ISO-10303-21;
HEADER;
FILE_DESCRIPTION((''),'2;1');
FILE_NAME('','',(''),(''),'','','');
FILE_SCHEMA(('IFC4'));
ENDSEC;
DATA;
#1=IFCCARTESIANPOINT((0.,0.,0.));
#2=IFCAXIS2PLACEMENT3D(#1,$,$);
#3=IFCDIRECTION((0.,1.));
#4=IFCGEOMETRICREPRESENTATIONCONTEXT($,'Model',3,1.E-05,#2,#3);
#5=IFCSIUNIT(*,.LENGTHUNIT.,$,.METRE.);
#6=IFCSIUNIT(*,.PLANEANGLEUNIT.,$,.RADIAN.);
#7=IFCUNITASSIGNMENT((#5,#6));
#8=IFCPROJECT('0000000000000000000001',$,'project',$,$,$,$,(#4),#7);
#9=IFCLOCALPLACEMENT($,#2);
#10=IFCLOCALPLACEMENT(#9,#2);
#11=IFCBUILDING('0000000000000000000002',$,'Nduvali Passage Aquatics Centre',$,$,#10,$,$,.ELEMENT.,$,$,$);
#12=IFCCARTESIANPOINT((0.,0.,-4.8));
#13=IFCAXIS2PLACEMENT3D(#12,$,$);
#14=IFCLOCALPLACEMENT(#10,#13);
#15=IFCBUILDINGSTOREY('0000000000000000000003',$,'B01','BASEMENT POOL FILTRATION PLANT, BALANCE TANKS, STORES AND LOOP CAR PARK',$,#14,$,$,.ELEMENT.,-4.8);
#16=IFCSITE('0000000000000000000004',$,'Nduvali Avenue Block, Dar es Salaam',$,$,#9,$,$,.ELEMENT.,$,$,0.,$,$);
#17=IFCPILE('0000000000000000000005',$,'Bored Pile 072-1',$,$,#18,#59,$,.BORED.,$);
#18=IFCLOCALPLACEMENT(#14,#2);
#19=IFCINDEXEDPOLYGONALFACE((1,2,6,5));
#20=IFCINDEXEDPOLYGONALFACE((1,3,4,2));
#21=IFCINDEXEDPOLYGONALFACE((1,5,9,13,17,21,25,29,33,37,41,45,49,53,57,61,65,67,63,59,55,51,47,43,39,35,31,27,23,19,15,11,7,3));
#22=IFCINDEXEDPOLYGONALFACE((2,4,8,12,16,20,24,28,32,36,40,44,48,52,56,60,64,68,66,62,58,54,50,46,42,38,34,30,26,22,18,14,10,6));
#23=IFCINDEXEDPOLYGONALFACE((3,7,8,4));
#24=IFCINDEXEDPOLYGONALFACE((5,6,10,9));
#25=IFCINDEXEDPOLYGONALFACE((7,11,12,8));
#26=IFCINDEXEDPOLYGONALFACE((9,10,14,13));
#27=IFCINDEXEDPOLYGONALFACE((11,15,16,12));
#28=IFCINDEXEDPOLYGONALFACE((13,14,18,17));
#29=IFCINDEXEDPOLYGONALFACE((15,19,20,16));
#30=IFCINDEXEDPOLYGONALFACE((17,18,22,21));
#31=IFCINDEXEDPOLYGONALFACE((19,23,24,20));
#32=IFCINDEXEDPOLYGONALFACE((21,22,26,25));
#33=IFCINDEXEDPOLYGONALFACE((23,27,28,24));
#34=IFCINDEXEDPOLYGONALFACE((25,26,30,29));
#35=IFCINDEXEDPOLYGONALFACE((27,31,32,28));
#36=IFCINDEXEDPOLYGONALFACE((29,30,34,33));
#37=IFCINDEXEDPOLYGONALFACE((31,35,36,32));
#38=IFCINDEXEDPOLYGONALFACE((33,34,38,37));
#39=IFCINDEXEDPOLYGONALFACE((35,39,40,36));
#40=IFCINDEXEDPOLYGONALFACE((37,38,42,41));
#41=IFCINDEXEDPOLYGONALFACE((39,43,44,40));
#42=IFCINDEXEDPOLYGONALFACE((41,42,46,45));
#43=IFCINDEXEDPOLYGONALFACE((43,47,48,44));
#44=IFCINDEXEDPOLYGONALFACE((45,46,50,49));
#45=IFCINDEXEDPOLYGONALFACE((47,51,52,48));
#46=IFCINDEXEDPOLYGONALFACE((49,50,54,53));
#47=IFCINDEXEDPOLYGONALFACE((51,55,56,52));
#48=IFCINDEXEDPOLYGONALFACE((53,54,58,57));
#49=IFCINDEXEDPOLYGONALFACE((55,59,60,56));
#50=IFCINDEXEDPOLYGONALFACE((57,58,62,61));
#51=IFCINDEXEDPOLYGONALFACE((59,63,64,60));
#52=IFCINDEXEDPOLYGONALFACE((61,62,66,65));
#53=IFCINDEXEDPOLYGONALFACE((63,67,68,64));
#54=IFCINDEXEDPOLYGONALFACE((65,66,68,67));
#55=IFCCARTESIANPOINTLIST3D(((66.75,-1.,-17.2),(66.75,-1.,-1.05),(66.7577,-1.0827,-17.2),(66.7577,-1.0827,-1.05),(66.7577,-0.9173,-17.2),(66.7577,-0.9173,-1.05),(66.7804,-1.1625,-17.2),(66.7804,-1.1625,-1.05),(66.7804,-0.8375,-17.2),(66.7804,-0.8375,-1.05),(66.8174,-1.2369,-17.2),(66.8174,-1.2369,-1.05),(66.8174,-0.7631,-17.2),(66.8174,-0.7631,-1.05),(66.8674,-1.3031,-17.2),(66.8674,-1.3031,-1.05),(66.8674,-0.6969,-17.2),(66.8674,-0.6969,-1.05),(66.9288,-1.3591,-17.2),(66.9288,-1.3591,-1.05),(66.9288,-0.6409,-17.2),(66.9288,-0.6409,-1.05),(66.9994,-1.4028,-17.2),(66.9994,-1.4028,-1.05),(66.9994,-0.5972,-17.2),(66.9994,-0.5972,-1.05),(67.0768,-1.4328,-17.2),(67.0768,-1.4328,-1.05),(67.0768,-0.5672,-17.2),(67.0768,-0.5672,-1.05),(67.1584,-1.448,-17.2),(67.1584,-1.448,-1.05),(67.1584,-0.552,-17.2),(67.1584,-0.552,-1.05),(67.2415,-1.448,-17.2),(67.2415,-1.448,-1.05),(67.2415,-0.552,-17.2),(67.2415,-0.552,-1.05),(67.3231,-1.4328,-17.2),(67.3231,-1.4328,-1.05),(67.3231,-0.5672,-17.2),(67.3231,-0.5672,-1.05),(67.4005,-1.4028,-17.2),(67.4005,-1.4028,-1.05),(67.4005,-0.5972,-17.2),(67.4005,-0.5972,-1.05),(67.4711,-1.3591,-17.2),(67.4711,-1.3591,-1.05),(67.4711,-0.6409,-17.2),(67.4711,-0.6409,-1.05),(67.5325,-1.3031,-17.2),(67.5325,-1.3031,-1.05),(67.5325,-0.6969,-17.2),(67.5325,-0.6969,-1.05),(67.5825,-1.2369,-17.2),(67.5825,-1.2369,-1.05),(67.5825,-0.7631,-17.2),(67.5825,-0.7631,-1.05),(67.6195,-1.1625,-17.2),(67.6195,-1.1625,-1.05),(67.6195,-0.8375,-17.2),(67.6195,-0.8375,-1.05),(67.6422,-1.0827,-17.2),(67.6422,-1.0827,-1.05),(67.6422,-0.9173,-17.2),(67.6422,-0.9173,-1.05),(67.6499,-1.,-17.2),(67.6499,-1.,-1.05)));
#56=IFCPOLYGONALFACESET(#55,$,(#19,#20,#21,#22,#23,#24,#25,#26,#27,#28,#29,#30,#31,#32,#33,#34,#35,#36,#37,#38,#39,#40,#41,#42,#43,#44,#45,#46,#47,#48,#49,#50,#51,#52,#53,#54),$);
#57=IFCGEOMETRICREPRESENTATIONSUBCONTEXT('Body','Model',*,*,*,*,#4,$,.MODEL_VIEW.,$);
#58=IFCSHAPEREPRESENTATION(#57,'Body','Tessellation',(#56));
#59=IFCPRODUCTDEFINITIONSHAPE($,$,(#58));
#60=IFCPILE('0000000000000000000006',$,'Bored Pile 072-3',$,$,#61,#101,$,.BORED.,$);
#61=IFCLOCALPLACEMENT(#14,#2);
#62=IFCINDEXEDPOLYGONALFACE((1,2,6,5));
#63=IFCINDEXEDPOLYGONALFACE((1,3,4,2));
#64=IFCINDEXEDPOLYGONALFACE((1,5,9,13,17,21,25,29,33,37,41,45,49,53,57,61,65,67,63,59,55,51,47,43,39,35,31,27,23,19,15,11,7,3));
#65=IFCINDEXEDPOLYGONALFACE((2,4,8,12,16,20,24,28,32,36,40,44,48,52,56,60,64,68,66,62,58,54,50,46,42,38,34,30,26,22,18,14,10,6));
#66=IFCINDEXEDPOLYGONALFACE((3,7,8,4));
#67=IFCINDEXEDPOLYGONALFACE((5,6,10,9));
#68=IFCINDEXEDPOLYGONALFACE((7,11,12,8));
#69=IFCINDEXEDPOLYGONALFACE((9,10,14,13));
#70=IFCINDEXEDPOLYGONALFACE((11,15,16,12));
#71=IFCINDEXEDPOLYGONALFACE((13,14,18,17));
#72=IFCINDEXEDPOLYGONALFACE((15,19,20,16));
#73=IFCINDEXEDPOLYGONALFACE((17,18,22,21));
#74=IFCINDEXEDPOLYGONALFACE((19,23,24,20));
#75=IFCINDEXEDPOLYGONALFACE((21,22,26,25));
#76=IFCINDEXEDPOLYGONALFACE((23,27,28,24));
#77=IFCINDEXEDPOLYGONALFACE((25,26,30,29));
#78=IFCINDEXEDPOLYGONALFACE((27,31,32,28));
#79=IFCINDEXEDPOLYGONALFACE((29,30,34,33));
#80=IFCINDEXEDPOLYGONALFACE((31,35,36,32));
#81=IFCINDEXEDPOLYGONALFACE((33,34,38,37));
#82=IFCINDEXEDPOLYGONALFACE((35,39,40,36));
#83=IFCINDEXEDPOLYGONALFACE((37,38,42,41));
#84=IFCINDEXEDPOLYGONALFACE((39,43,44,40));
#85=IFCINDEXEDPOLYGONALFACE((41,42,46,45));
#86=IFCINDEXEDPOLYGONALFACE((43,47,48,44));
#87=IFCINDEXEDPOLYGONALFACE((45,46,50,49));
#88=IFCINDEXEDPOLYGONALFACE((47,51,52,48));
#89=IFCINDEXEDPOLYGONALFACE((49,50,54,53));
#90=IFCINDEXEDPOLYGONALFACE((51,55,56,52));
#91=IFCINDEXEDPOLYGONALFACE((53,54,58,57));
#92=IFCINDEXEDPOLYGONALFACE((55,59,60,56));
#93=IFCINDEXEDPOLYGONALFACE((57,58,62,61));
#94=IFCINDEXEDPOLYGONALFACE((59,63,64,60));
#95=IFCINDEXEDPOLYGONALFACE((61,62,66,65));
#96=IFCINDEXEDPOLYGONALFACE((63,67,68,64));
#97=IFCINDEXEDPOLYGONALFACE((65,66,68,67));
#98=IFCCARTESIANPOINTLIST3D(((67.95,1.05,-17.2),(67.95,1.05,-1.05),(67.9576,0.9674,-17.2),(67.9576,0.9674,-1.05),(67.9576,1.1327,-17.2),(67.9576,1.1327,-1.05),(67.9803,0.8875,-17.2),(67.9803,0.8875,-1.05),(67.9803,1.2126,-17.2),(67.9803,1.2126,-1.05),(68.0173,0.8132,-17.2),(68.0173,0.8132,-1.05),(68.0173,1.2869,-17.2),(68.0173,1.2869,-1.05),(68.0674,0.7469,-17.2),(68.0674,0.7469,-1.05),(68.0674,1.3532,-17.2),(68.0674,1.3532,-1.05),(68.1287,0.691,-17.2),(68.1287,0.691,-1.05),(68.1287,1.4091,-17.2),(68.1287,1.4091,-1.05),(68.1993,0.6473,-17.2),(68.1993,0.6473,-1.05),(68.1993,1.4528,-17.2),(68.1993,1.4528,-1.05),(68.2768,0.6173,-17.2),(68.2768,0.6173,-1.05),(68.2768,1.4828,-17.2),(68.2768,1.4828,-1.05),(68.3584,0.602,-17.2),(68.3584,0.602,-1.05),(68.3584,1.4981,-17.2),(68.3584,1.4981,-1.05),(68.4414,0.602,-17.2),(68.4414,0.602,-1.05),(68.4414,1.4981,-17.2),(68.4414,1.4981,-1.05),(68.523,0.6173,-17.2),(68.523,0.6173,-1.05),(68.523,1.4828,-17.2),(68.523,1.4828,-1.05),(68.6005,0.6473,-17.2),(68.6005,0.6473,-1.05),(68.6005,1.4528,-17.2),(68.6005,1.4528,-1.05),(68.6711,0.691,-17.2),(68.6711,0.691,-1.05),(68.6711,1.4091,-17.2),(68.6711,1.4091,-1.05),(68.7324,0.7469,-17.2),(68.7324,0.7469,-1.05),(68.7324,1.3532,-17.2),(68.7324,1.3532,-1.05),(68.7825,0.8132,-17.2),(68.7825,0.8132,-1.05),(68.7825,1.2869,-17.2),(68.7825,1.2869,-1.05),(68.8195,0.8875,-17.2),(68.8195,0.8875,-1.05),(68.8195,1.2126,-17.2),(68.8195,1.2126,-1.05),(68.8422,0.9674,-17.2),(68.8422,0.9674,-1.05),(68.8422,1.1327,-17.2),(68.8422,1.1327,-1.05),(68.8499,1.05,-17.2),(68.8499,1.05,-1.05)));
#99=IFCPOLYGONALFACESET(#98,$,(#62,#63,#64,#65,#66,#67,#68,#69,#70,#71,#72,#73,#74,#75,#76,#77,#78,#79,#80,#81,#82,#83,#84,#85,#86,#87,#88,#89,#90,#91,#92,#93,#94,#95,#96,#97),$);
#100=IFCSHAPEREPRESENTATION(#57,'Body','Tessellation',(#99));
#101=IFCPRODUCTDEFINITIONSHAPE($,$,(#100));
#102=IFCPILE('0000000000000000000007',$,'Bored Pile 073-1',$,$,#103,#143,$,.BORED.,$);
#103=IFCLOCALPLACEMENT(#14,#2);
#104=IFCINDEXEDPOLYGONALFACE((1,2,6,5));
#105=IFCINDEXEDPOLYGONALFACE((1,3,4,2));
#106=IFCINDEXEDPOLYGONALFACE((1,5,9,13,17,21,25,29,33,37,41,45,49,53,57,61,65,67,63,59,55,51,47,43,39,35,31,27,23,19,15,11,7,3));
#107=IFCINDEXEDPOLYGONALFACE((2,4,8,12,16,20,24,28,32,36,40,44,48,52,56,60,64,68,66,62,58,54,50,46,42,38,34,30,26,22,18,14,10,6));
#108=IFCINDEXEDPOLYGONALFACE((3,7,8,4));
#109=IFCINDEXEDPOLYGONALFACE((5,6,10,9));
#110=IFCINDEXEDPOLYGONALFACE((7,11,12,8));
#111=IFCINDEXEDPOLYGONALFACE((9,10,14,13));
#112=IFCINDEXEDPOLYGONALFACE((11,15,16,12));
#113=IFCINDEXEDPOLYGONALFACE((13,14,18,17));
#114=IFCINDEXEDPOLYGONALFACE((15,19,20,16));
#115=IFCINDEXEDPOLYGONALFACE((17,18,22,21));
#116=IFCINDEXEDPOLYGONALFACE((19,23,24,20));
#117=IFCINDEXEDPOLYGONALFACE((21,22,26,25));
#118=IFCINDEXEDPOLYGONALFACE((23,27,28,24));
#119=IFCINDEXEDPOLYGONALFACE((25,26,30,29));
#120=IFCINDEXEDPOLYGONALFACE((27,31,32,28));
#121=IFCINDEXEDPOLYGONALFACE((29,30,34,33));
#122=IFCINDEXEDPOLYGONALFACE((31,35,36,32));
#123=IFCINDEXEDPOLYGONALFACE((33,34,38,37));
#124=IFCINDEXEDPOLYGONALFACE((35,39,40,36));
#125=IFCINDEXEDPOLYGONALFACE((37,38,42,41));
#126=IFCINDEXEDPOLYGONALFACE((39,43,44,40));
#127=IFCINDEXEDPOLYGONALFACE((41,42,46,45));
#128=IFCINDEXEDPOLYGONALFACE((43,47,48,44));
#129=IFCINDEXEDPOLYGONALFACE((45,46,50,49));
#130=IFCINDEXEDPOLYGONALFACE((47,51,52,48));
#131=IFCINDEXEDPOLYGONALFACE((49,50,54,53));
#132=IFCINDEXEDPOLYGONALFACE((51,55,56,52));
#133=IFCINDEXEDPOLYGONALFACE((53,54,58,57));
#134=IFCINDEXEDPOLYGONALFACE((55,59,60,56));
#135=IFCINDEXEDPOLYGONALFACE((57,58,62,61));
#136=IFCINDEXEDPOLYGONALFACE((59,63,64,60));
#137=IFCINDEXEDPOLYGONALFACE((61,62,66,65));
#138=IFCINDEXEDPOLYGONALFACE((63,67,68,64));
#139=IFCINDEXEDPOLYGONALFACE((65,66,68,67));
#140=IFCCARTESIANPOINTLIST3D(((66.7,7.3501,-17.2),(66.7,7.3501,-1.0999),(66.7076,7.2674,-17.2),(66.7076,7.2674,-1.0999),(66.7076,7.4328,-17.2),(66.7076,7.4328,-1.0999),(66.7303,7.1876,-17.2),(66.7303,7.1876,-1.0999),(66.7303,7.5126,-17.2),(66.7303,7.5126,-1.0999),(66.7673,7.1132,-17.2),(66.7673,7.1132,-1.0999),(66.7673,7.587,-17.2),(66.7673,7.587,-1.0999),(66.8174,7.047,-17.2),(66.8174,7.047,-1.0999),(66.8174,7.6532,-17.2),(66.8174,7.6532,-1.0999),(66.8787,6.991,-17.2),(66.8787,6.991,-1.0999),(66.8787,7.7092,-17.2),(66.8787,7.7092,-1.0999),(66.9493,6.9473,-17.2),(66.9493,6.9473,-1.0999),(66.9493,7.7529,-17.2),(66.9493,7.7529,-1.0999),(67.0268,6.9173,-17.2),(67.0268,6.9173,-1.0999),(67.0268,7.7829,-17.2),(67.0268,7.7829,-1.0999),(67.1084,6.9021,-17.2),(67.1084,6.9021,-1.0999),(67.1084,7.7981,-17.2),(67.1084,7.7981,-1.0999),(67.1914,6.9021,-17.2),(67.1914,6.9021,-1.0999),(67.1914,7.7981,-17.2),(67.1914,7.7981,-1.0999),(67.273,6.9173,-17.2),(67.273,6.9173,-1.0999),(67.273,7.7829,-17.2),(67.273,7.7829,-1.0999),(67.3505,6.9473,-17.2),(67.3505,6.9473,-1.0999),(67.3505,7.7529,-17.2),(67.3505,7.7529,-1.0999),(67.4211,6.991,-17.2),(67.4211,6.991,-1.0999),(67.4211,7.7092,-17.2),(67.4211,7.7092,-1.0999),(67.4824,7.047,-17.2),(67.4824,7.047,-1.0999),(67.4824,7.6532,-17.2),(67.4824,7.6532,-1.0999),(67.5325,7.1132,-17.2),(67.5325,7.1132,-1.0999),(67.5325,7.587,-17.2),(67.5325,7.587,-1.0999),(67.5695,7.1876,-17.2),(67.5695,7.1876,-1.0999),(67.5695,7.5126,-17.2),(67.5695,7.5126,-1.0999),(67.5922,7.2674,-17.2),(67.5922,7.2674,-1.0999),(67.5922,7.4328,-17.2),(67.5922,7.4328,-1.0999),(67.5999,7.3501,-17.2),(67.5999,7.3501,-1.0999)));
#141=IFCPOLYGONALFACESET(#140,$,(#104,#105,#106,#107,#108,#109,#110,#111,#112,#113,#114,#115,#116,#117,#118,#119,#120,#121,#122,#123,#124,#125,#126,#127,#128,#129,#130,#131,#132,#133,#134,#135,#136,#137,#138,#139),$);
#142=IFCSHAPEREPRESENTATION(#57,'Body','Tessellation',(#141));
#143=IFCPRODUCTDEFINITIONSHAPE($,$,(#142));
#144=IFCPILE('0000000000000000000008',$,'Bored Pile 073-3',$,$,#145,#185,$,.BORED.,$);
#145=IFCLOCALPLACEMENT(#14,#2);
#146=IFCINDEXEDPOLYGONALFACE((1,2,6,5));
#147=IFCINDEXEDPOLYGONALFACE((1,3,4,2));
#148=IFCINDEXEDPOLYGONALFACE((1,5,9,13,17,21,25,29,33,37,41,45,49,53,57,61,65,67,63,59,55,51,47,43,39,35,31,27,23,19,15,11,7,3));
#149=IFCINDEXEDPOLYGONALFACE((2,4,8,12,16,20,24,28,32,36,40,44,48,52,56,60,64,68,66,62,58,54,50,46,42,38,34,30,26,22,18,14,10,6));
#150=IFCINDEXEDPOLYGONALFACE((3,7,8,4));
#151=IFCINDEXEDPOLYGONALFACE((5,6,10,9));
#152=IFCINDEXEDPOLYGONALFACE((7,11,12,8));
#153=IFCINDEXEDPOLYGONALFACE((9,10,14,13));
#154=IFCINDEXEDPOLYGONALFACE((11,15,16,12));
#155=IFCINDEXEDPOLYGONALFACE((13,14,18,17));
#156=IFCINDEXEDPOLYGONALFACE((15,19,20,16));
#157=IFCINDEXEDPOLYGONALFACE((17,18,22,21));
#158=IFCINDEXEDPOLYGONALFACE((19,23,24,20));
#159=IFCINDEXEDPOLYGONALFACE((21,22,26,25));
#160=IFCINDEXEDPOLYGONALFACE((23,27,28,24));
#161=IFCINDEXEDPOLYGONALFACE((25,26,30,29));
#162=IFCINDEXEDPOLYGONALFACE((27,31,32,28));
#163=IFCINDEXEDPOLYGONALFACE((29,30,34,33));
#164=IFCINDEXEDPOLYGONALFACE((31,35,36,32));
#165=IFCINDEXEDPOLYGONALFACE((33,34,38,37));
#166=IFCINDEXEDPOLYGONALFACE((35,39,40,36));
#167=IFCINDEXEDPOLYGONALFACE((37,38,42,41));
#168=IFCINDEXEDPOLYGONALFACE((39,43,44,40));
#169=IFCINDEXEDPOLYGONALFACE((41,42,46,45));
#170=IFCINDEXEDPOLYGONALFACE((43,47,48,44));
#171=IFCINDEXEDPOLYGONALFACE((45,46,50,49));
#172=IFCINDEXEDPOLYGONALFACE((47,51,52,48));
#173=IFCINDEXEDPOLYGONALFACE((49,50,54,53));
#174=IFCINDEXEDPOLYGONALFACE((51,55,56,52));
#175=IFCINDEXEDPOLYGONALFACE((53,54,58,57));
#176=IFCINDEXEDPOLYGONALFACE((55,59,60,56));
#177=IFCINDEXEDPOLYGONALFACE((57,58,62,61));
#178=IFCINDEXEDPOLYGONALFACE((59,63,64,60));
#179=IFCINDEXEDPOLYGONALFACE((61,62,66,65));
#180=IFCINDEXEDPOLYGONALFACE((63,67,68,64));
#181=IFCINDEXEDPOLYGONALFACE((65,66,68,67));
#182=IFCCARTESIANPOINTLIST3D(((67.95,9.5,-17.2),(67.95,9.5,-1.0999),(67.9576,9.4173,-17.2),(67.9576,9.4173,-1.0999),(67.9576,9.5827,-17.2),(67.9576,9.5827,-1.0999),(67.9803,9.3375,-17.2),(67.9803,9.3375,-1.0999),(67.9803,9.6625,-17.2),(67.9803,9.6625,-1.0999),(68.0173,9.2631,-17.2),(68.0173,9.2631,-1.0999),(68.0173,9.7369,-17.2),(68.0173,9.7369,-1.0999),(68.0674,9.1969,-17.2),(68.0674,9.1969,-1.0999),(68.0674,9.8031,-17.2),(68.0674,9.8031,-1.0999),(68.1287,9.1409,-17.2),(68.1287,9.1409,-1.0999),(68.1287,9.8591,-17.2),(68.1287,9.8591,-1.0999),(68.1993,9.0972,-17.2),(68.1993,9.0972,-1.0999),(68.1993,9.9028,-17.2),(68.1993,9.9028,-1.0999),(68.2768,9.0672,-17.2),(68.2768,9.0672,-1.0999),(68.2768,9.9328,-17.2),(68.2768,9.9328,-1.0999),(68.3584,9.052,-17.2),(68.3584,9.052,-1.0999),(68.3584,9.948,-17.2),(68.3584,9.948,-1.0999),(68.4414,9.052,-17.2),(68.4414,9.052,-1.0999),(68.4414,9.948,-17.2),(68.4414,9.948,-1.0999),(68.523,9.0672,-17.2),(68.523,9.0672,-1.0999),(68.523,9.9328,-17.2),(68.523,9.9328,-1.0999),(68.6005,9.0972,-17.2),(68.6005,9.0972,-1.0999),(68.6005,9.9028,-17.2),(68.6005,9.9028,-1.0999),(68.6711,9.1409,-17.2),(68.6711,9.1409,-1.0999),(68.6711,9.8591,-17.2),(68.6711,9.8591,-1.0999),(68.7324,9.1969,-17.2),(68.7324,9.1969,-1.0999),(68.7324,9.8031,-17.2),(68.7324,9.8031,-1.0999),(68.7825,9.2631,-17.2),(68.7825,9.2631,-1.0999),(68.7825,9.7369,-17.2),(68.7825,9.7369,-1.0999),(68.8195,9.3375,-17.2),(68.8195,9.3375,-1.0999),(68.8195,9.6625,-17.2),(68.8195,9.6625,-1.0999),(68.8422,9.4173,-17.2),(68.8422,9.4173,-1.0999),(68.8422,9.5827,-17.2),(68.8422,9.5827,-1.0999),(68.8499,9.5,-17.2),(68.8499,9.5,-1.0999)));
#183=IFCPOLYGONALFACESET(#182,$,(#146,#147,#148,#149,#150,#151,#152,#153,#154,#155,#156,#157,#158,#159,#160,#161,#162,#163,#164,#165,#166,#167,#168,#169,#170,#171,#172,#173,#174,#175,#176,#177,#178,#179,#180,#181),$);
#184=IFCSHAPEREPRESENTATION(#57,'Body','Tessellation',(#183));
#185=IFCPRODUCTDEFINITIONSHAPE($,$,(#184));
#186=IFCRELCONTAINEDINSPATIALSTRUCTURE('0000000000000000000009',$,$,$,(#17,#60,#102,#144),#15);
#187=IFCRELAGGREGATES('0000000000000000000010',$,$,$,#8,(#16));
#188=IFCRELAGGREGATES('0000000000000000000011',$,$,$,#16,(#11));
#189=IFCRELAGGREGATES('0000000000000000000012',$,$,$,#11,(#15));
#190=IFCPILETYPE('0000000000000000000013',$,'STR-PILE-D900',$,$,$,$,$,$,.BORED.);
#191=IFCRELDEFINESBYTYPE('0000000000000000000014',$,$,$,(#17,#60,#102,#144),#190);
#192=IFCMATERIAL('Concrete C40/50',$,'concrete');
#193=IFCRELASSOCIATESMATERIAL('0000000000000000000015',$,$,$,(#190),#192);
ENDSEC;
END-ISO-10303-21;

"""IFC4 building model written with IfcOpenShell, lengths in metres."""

from ifc_helpers import new_model, si_unit, direction, frame, origin, origin_2d, place, context, subcontext, project, spatial, circle, extrude, material, material_profile, profile_set, type_object, element, save


model = new_model("IFC4")

# Units and contexts
model_context = context("Model", 3, precision=1e-05, world=origin(), true_north=direction((0.0, 1.0)))
body_context = subcontext(model_context, "Body", "Model", "MODEL_VIEW")
ifc_project = project(units=[si_unit("LENGTHUNIT", "METRE"), si_unit("PLANEANGLEUNIT", "RADIAN")], contexts=[model_context])

# Site, building, storey
site_placement = place(None, origin())
site = spatial("IfcSite", under=ifc_project, at=site_placement, Name="Nduvali Avenue Block, Dar es Salaam", CompositionType="ELEMENT", RefElevation=0.0)
building_placement = place(site_placement, origin())
building = spatial("IfcBuilding", under=site, at=building_placement, Name="Nduvali Passage Aquatics Centre", CompositionType="ELEMENT")
storey_placement = place(building_placement, frame((0.0, 0.0, -4.8)))
storey = spatial("IfcBuildingStorey", under=building, at=storey_placement, Name="B01", Description="BASEMENT POOL FILTRATION PLANT, BALANCE TANKS, STORES AND LOOP CAR PARK", CompositionType="ELEMENT", Elevation=-4.8)

# Shared definitions
ifc_material = material(Name="Concrete C40/50", Category="concrete")

# Piles
ifc_material_profile_1 = material_profile(ifc_material, circle(Radius=0.45, at=origin_2d()), Name="PILE D900")
ifc_profile_set_1 = profile_set([ifc_material_profile_1], Name="Concrete C40/50")
pile_type_1 = type_object("IfcPileType", Name="STR-PILE-D900", PredefinedType="BORED", material=ifc_profile_set_1)
for number, where, z_axis, x_axis, name in (
    (1, (67.2, -1.0, -1.05), (0.0, 0.0, -1.0), (1.0, 0.0, 0.0), "Bored Pile 072-1"),
    (2, (68.3999, 1.05, -1.05), (0.0, 0.0, -1.0), (1.0, 0.0, 0.0), "Bored Pile 072-3"),
):
    element("IfcPile", number, at=place(storey_placement, frame(where, z_axis=z_axis, x_axis=x_axis)), inside=storey, type_object=pile_type_1, Name=name, PredefinedType="BORED", context=body_context, shape_type="SweptSolid", body=[
        extrude(circle(Radius=0.45, at=origin_2d()), origin(), (0.0, 0.0, 1.0), 16.1499),
    ])
for number, where, z_axis, x_axis, name in (
    (3, (67.1499, 7.3501, -1.0999), (0.0, 0.0, -1.0), (1.0, 0.0, 0.0), "Bored Pile 073-1"),
    (4, (68.3999, 9.5, -1.0999), (0.0, 0.0, -1.0), (1.0, 0.0, 0.0), "Bored Pile 073-3"),
):
    element("IfcPile", number, at=place(storey_placement, frame(where, z_axis=z_axis, x_axis=x_axis)), inside=storey, type_object=pile_type_1, Name=name, PredefinedType="BORED", context=body_context, shape_type="SweptSolid", body=[
        extrude(circle(Radius=0.45, at=origin_2d()), origin(), (0.0, 0.0, 1.0), 16.1001),
    ])

save(model, "model.ifc")
